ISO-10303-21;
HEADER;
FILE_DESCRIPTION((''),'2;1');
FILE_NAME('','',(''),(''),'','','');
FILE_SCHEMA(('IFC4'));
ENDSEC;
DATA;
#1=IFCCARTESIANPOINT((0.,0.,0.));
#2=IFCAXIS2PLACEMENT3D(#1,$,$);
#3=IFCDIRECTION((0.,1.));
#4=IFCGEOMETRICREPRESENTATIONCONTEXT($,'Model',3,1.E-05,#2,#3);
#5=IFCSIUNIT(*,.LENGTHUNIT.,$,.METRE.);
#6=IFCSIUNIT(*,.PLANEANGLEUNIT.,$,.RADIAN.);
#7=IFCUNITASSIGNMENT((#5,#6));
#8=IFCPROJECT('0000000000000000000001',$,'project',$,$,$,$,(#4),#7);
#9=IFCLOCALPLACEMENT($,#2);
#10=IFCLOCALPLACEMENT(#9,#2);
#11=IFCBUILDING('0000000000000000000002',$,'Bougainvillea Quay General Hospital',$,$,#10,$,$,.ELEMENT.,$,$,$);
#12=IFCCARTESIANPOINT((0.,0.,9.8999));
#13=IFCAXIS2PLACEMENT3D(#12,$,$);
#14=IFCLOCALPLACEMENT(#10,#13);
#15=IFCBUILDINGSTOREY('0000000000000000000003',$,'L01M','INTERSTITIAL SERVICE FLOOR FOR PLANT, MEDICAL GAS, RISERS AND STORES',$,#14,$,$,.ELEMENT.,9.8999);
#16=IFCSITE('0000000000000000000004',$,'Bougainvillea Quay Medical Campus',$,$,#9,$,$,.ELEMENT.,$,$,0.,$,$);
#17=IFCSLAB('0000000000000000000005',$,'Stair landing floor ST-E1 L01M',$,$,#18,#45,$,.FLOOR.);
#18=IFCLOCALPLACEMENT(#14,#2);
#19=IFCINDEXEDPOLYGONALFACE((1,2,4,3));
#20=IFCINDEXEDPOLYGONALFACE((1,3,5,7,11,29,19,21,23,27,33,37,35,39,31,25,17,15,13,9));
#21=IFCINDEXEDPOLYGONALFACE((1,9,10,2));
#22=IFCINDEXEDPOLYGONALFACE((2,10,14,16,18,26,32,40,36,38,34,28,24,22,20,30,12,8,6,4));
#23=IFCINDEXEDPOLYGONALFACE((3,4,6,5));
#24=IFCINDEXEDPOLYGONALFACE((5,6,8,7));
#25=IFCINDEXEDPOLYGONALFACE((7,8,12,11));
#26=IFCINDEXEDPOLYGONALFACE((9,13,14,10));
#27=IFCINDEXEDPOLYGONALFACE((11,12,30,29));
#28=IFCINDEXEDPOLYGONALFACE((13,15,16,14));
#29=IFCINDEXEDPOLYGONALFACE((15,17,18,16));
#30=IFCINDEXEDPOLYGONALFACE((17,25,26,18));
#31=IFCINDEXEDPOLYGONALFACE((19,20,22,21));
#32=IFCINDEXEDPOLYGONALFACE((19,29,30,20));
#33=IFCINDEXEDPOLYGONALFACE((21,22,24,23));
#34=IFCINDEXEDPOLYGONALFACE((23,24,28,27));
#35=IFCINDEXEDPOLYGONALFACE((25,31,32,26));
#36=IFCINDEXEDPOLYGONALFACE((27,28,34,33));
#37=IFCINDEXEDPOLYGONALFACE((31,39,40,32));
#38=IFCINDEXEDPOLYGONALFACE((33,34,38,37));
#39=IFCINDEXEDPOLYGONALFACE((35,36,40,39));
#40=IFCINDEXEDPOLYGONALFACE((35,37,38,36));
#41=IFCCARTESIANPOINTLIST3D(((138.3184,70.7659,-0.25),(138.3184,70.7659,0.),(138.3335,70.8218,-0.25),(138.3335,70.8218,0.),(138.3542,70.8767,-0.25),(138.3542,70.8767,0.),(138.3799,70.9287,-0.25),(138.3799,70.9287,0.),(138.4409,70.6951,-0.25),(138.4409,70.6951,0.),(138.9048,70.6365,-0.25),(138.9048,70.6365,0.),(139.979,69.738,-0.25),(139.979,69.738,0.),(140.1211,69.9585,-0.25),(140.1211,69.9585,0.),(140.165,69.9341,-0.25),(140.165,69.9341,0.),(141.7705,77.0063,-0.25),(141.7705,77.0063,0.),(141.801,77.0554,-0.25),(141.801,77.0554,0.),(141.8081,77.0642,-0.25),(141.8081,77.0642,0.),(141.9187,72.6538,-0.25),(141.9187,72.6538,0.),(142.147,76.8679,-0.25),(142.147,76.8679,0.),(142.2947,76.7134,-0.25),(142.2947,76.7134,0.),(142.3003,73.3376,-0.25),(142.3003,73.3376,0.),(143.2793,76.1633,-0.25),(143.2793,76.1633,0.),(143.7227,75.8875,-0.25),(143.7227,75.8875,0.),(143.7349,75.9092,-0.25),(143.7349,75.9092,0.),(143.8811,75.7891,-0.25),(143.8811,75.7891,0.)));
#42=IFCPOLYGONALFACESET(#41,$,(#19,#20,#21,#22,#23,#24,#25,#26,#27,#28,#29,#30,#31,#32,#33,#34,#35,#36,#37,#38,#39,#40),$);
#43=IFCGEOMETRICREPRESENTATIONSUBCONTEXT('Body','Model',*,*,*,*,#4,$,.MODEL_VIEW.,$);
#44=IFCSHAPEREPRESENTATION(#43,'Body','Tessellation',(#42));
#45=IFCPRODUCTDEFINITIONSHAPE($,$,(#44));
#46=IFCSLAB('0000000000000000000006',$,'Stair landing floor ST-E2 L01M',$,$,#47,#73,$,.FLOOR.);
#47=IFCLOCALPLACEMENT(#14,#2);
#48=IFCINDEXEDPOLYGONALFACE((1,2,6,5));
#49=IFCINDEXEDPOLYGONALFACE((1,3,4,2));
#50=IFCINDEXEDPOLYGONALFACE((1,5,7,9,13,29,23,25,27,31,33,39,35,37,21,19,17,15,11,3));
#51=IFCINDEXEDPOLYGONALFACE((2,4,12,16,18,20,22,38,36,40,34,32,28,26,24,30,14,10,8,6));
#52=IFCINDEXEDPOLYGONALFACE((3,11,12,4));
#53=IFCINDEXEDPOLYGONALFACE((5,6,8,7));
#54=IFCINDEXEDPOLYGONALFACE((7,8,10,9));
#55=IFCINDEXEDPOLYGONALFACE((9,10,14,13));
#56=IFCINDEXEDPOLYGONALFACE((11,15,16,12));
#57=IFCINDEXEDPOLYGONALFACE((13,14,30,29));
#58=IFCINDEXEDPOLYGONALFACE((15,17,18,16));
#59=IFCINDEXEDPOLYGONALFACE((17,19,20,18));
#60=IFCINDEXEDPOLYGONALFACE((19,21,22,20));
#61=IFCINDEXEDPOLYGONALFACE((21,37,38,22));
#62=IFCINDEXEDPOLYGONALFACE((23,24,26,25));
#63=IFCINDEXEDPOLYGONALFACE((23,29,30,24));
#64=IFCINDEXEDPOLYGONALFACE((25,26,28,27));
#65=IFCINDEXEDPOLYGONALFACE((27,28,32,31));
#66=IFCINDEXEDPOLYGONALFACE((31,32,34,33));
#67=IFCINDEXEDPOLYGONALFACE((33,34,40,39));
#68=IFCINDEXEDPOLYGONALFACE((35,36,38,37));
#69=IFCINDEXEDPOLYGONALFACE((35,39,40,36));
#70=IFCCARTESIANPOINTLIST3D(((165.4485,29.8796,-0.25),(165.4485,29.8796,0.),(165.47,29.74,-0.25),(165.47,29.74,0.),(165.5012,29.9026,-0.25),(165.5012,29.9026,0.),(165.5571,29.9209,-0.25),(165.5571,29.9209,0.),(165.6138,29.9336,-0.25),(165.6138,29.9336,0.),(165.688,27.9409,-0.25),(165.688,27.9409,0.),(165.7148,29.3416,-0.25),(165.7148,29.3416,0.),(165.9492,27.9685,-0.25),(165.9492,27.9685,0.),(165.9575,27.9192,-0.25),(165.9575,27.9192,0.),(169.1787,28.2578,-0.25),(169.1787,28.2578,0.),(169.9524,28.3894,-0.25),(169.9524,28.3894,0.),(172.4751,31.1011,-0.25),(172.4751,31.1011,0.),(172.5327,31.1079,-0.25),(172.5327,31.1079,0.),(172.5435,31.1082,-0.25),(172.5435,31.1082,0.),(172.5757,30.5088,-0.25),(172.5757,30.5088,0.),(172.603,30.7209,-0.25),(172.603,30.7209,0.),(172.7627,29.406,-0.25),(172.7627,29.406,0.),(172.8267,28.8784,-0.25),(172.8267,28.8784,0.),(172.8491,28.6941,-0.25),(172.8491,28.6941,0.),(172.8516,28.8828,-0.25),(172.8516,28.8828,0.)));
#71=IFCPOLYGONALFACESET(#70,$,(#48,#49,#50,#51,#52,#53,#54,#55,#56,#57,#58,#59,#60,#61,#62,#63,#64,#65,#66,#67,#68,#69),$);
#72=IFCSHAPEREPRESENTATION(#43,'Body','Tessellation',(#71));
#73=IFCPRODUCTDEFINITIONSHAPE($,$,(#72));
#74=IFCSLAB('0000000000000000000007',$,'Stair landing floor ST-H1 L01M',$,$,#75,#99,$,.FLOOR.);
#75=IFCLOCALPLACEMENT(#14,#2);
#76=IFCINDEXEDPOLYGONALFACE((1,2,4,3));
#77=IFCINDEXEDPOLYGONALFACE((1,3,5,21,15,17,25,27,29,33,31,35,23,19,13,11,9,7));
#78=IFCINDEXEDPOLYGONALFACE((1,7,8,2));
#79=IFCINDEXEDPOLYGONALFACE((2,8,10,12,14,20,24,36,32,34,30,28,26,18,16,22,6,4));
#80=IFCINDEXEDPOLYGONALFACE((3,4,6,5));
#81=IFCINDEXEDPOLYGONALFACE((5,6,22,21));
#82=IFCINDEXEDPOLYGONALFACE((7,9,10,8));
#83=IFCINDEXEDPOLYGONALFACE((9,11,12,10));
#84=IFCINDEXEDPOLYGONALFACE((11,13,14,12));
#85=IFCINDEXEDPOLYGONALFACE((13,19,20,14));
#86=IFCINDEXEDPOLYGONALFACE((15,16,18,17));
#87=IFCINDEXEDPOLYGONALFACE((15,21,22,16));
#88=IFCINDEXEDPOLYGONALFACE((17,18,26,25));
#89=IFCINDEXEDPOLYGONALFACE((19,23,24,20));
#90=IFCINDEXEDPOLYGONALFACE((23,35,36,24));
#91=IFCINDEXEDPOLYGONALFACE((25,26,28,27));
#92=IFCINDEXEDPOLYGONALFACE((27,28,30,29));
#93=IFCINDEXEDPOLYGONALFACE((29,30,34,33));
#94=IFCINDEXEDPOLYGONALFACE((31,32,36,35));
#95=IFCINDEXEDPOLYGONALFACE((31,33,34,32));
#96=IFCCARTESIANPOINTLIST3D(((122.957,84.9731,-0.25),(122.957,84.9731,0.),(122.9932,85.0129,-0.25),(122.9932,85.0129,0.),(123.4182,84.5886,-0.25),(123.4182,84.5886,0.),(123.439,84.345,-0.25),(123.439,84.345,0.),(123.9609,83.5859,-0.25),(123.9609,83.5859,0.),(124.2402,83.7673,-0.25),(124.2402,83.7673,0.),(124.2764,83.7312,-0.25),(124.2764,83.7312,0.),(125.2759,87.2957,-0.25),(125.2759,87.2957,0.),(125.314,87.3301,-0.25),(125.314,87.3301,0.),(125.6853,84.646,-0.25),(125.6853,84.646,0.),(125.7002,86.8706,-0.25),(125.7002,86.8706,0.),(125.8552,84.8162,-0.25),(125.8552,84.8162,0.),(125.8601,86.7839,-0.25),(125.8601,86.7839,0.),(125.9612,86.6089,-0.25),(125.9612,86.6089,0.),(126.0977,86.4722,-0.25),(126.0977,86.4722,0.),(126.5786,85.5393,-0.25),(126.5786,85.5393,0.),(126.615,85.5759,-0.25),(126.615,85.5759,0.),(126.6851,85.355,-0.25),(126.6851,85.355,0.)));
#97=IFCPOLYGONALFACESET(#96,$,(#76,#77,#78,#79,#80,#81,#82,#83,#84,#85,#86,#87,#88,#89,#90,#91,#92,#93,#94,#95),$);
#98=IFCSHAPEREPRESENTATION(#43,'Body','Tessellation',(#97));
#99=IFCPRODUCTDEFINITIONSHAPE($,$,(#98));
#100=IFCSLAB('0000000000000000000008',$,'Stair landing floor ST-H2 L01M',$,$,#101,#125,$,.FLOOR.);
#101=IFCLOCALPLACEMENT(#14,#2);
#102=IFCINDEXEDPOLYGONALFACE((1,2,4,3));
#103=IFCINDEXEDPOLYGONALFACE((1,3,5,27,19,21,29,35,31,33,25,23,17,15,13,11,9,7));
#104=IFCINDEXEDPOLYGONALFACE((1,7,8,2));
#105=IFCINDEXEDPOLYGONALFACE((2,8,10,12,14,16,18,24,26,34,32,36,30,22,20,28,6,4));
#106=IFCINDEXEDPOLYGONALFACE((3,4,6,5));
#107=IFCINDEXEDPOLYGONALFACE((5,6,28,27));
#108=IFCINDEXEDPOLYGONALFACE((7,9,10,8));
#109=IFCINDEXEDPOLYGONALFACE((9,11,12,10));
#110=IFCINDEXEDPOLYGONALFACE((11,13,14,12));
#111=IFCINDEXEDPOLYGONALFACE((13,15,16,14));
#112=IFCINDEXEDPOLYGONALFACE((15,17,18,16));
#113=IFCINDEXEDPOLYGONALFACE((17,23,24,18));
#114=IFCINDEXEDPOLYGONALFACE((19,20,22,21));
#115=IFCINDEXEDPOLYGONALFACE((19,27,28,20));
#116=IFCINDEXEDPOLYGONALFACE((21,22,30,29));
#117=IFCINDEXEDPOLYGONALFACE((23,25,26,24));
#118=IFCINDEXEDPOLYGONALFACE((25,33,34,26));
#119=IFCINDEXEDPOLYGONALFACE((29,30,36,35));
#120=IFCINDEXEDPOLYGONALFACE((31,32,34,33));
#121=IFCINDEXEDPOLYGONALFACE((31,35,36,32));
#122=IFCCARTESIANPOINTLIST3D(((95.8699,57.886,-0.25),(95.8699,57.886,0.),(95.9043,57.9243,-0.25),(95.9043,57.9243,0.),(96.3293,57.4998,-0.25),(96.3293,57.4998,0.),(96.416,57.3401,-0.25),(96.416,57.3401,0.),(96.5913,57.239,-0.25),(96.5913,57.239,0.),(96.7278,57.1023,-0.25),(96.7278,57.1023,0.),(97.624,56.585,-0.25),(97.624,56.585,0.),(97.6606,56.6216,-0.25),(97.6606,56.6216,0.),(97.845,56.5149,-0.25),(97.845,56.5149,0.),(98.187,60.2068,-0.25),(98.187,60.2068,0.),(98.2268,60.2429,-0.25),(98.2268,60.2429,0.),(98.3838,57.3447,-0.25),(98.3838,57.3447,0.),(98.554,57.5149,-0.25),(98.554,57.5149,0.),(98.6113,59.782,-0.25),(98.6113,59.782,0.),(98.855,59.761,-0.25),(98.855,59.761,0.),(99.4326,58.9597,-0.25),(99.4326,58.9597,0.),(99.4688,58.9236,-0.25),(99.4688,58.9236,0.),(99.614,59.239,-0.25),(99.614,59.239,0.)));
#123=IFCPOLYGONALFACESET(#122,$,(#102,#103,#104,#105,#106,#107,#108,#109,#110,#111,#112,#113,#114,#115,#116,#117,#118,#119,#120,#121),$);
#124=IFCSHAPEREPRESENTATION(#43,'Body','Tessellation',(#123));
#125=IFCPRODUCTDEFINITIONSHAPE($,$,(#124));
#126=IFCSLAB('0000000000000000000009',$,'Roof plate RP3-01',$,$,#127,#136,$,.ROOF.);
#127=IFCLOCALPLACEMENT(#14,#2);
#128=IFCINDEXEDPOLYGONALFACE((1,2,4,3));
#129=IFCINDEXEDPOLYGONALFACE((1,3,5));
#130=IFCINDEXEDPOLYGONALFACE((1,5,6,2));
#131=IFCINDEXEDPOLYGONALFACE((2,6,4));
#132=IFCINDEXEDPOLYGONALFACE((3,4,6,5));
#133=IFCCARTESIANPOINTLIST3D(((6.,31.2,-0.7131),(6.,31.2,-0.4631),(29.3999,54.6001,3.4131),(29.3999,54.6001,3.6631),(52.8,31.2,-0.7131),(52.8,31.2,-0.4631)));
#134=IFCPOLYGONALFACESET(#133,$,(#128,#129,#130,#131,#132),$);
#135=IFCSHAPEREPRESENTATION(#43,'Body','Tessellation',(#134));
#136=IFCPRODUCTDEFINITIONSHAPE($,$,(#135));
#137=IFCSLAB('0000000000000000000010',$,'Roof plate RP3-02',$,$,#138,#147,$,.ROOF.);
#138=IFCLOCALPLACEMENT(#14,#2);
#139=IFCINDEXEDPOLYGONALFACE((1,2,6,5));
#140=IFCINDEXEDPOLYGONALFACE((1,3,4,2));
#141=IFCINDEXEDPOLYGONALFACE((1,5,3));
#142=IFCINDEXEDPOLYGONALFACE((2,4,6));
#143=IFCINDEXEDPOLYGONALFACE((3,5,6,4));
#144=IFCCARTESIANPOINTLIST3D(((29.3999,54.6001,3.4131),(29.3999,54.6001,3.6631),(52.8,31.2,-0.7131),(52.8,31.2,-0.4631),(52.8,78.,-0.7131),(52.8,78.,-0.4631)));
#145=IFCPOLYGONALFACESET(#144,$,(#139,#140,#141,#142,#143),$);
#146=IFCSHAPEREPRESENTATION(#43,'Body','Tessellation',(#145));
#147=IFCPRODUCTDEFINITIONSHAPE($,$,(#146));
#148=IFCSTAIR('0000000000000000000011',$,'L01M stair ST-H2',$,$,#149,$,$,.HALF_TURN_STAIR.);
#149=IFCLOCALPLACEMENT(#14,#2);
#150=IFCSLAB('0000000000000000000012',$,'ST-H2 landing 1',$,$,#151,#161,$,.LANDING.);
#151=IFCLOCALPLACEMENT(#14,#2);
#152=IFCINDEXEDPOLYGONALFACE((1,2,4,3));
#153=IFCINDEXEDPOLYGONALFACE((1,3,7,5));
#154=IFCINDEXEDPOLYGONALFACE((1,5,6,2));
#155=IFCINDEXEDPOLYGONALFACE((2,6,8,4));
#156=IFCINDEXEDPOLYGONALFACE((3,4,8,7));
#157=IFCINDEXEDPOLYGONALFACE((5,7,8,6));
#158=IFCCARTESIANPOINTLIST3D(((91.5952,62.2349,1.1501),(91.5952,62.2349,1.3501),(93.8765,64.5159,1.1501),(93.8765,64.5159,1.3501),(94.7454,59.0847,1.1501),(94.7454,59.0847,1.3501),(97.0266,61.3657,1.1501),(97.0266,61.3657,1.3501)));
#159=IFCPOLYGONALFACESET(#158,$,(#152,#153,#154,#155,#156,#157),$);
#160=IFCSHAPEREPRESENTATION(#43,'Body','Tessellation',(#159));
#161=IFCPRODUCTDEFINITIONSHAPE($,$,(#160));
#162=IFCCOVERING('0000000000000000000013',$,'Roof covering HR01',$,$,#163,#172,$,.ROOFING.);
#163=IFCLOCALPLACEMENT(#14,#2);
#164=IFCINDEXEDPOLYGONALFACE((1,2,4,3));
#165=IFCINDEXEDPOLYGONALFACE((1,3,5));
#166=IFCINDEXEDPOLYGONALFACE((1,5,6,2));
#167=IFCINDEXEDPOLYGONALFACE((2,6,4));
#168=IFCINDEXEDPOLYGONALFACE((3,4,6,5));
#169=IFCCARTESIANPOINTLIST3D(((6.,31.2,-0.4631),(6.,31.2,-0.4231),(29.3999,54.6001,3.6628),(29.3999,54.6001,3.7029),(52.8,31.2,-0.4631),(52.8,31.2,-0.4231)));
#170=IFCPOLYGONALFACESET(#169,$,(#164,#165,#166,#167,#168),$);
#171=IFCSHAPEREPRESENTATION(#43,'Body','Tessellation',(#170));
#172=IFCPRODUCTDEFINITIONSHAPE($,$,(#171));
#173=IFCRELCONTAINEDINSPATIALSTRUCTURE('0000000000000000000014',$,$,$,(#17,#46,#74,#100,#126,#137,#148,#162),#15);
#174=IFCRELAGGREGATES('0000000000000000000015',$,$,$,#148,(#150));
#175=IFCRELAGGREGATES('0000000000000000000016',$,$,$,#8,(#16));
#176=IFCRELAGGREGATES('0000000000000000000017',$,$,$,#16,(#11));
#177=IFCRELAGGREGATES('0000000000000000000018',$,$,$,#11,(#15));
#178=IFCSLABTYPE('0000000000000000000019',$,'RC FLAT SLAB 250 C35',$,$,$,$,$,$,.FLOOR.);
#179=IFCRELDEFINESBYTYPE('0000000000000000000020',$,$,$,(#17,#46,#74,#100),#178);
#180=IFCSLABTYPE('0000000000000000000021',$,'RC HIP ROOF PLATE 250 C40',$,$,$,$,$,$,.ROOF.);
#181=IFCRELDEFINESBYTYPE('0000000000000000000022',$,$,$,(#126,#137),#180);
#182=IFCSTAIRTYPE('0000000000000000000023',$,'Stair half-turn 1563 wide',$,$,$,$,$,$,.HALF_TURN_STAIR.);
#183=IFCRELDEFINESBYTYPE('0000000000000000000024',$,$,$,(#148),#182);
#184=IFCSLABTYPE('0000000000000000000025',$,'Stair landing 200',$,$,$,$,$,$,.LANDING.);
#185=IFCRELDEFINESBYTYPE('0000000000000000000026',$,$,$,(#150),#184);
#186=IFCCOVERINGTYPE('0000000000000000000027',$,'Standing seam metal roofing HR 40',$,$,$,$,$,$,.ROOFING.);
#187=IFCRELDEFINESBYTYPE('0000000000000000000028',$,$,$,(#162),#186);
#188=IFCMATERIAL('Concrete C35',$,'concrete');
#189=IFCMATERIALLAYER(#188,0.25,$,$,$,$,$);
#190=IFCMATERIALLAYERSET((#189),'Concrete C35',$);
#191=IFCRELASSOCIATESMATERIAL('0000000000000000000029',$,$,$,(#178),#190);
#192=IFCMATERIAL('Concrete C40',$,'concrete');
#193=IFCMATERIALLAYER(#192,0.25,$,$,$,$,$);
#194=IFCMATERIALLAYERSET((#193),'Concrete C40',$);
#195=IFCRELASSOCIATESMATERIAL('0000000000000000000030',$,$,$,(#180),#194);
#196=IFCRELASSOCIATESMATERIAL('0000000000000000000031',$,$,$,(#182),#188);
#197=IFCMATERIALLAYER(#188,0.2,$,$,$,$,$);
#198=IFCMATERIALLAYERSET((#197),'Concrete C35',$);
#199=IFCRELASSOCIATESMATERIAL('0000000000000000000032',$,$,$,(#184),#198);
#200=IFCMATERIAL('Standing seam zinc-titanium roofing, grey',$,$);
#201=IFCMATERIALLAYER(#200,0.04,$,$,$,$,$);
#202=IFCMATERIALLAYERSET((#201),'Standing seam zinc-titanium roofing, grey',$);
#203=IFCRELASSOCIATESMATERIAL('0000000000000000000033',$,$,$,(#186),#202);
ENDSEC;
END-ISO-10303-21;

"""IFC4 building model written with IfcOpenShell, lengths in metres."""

from ifc_helpers import new_model, si_unit, direction, frame, origin, place, context, subcontext, project, spatial, polyline, outline, extrude, material, layer, layer_set, type_object, element, aggregate, save


model = new_model("IFC4")

# Units and contexts
model_context = context("Model", 3, precision=1e-05, world=origin(), true_north=direction((0.0, 1.0)))
body_context = subcontext(model_context, "Body", "Model", "MODEL_VIEW")
ifc_project = project(units=[si_unit("LENGTHUNIT", "METRE"), si_unit("PLANEANGLEUNIT", "RADIAN")], contexts=[model_context])

# Site, building, storey
site_placement = place(None, origin())
site = spatial("IfcSite", under=ifc_project, at=site_placement, Name="Bougainvillea Quay Medical Campus", CompositionType="ELEMENT", RefElevation=0.0)
building_placement = place(site_placement, origin())
building = spatial("IfcBuilding", under=site, at=building_placement, Name="Bougainvillea Quay General Hospital", CompositionType="ELEMENT")
storey_placement = place(building_placement, frame((0.0, 0.0, 9.8999)))
storey = spatial("IfcBuildingStorey", under=building, at=storey_placement, Name="L01M", Description="INTERSTITIAL SERVICE FLOOR FOR PLANT, MEDICAL GAS, RISERS AND STORES", CompositionType="ELEMENT", Elevation=9.8999)

# Slabs
ifc_material_1 = material(Name="Concrete C35", Category="concrete")
ifc_layer_1 = layer(ifc_material_1, 0.25)
ifc_layer_set_1 = layer_set([ifc_layer_1], Name="Concrete C35")
slab_type_1 = type_object("IfcSlabType", Name="RC FLAT SLAB 250 C35", PredefinedType="FLOOR", material=ifc_layer_set_1)
slab_1_placement = place(storey_placement, frame((0.0, 0.0, -0.25)))
element("IfcSlab", 1, at=slab_1_placement, inside=storey, type_object=slab_type_1, Name="Stair landing floor ST-E1 L01M", PredefinedType="FLOOR", context=body_context, shape_type="SweptSolid", body=[
    extrude(outline(polyline([(141.9187, 72.6538), (140.165, 69.9341), (140.1211, 69.9585), (139.979, 69.738), (138.4409, 70.6951), (138.3184, 70.7659), (138.3335, 70.8218), (138.3542, 70.8767), (138.3799, 70.9287), (138.9048, 70.6365), (142.2947, 76.7134), (141.7705, 77.0063), (141.801, 77.0554), (141.8081, 77.0642), (142.147, 76.8679), (143.2793, 76.1633), (143.7349, 75.9092), (143.7227, 75.8875), (143.8811, 75.7891), (142.3003, 73.3376), (141.9187, 72.6538)])), origin(), (0.0, 0.0, 1.0), 0.25),
])
slab_2_placement = place(storey_placement, frame((0.0, 0.0, -0.25)))
element("IfcSlab", 2, at=slab_2_placement, inside=storey, type_object=slab_type_1, Name="Stair landing floor ST-E2 L01M", PredefinedType="FLOOR", context=body_context, shape_type="SweptSolid", body=[
    extrude(outline(polyline([(169.1787, 28.2578), (165.9575, 27.9192), (165.9492, 27.9685), (165.688, 27.9409), (165.47, 29.74), (165.4485, 29.8796), (165.5012, 29.9026), (165.5571, 29.9209), (165.6138, 29.9336), (165.7148, 29.3416), (172.5757, 30.5088), (172.4751, 31.1011), (172.5327, 31.1079), (172.5435, 31.1082), (172.603, 30.7209), (172.7627, 29.406), (172.8516, 28.8828), (172.8267, 28.8784), (172.8491, 28.6941), (169.9524, 28.3894), (169.1787, 28.2578)])), origin(), (0.0, 0.0, 1.0), 0.25),
])
slab_3_placement = place(storey_placement, frame((0.0, 0.0, -0.25)))
element("IfcSlab", 3, at=slab_3_placement, inside=storey, type_object=slab_type_1, Name="Stair landing floor ST-H1 L01M", PredefinedType="FLOOR", context=body_context, shape_type="SweptSolid", body=[
    extrude(outline(polyline([(125.6853, 84.646), (124.2764, 83.7312), (124.2402, 83.7673), (123.9609, 83.5859), (123.439, 84.345), (122.957, 84.9731), (122.9932, 85.0129), (123.4182, 84.5886), (125.7002, 86.8706), (125.2759, 87.2957), (125.314, 87.3301), (125.8601, 86.7839), (125.9612, 86.6089), (126.0977, 86.4722), (126.615, 85.5759), (126.5786, 85.5393), (126.6851, 85.355), (125.8552, 84.8162), (125.6853, 84.646)])), origin(), (0.0, 0.0, 1.0), 0.25),
])
slab_4_placement = place(storey_placement, frame((0.0, 0.0, -0.25)))
element("IfcSlab", 4, at=slab_4_placement, inside=storey, type_object=slab_type_1, Name="Stair landing floor ST-H2 L01M", PredefinedType="FLOOR", context=body_context, shape_type="SweptSolid", body=[
    extrude(outline(polyline([(97.624, 56.585), (96.7278, 57.1023), (96.5913, 57.239), (96.416, 57.3401), (95.8699, 57.886), (95.9043, 57.9243), (96.3293, 57.4998), (98.6113, 59.782), (98.187, 60.2068), (98.2268, 60.2429), (98.855, 59.761), (99.614, 59.239), (99.4326, 58.9597), (99.4688, 58.9236), (98.554, 57.5149), (98.3838, 57.3447), (97.845, 56.5149), (97.6606, 56.6216), (97.624, 56.585)])), origin(), (0.0, 0.0, 1.0), 0.25),
])
ifc_material_2 = material(Name="Concrete C40", Category="concrete")
ifc_layer_2 = layer(ifc_material_2, 0.25)
ifc_layer_set_2 = layer_set([ifc_layer_2], Name="Concrete C40")
slab_type_2 = type_object("IfcSlabType", Name="RC HIP ROOF PLATE 250 C40", PredefinedType="ROOF", material=ifc_layer_set_2)
slab_5_placement = place(storey_placement, frame((6.0, 31.2, -0.4631), z_axis=(0.0, -0.173654, 0.984807), x_axis=(1.0, 0.0, 0.0)))
element("IfcSlab", 5, at=slab_5_placement, inside=storey, type_object=slab_type_2, Name="Roof plate RP3-01", PredefinedType="ROOF", context=body_context, shape_type="SweptSolid", body=[
    extrude(outline(polyline([(0.0, 0.0), (46.8, 0.0), (23.3999, 23.7612), (23.3999, 23.7612), (0.0, 0.0)])), origin(), (0.0, -0.173654, -0.984807), 0.25),
])
slab_6_placement = place(storey_placement, frame((52.8, 31.2, -0.4631), z_axis=(0.173654, 0.0, 0.984807), x_axis=(0.0, 1.0, 0.0)))
element("IfcSlab", 6, at=slab_6_placement, inside=storey, type_object=slab_type_2, Name="Roof plate RP3-02", PredefinedType="ROOF", context=body_context, shape_type="SweptSolid", body=[
    extrude(outline(polyline([(0.0, 0.0), (46.8, 0.0), (23.4001, 23.7612), (0.0, 0.0)])), origin(), (0.0, -0.173654, -0.984807), 0.25),
])

# Stair, slab
stair_type = type_object("IfcStairType", Name="Stair half-turn 1563 wide", PredefinedType="HALF_TURN_STAIR", material=ifc_material_1)
stair_placement = place(storey_placement, origin())
stair = element("IfcStair", 7, at=stair_placement, inside=storey, type_object=stair_type, Name="L01M stair ST-H2", PredefinedType="HALF_TURN_STAIR")
ifc_layer_3 = layer(ifc_material_1, 0.2)
ifc_layer_set_3 = layer_set([ifc_layer_3], Name="Concrete C35")
slab_type_3 = type_object("IfcSlabType", Name="Stair landing 200", PredefinedType="LANDING", material=ifc_layer_set_3)
slab_7_placement = place(storey_placement, frame((0.0, 0.0, 1.1501)))
slab_7 = element("IfcSlab", 8, at=slab_7_placement, type_object=slab_type_3, Name="ST-H2 landing 1", PredefinedType="LANDING", context=body_context, shape_type="SweptSolid", body=[
    extrude(outline(polyline([(97.0266, 61.3657), (93.8765, 64.5159), (91.5952, 62.2349), (94.7454, 59.0847), (97.0266, 61.3657)])), origin(), (0.0, 0.0, 1.0), 0.2),
])
aggregate(stair, [slab_7])

# Covering
ifc_material_3 = material(Name="Standing seam zinc-titanium roofing, grey")
ifc_layer_4 = layer(ifc_material_3, 0.04)
ifc_layer_set_4 = layer_set([ifc_layer_4], Name="Standing seam zinc-titanium roofing, grey")
covering_type = type_object("IfcCoveringType", Name="Standing seam metal roofing HR 40", PredefinedType="ROOFING", material=ifc_layer_set_4)
covering_placement = place(storey_placement, frame((6.0, 31.2, -0.4231), z_axis=(0.0, -0.173644, 0.984808), x_axis=(1.0, 0.0, 0.0)))
element("IfcCovering", 9, at=covering_placement, inside=storey, type_object=covering_type, Name="Roof covering HR01", PredefinedType="ROOFING", context=body_context, shape_type="SweptSolid", body=[
    extrude(outline(polyline([(0.0, 0.0), (46.8, 0.0), (23.3999, 23.7611), (0.0, 0.0)])), origin(), (0.0, -0.173644, -0.984808), 0.04),
])

save(model, "model.ifc")
